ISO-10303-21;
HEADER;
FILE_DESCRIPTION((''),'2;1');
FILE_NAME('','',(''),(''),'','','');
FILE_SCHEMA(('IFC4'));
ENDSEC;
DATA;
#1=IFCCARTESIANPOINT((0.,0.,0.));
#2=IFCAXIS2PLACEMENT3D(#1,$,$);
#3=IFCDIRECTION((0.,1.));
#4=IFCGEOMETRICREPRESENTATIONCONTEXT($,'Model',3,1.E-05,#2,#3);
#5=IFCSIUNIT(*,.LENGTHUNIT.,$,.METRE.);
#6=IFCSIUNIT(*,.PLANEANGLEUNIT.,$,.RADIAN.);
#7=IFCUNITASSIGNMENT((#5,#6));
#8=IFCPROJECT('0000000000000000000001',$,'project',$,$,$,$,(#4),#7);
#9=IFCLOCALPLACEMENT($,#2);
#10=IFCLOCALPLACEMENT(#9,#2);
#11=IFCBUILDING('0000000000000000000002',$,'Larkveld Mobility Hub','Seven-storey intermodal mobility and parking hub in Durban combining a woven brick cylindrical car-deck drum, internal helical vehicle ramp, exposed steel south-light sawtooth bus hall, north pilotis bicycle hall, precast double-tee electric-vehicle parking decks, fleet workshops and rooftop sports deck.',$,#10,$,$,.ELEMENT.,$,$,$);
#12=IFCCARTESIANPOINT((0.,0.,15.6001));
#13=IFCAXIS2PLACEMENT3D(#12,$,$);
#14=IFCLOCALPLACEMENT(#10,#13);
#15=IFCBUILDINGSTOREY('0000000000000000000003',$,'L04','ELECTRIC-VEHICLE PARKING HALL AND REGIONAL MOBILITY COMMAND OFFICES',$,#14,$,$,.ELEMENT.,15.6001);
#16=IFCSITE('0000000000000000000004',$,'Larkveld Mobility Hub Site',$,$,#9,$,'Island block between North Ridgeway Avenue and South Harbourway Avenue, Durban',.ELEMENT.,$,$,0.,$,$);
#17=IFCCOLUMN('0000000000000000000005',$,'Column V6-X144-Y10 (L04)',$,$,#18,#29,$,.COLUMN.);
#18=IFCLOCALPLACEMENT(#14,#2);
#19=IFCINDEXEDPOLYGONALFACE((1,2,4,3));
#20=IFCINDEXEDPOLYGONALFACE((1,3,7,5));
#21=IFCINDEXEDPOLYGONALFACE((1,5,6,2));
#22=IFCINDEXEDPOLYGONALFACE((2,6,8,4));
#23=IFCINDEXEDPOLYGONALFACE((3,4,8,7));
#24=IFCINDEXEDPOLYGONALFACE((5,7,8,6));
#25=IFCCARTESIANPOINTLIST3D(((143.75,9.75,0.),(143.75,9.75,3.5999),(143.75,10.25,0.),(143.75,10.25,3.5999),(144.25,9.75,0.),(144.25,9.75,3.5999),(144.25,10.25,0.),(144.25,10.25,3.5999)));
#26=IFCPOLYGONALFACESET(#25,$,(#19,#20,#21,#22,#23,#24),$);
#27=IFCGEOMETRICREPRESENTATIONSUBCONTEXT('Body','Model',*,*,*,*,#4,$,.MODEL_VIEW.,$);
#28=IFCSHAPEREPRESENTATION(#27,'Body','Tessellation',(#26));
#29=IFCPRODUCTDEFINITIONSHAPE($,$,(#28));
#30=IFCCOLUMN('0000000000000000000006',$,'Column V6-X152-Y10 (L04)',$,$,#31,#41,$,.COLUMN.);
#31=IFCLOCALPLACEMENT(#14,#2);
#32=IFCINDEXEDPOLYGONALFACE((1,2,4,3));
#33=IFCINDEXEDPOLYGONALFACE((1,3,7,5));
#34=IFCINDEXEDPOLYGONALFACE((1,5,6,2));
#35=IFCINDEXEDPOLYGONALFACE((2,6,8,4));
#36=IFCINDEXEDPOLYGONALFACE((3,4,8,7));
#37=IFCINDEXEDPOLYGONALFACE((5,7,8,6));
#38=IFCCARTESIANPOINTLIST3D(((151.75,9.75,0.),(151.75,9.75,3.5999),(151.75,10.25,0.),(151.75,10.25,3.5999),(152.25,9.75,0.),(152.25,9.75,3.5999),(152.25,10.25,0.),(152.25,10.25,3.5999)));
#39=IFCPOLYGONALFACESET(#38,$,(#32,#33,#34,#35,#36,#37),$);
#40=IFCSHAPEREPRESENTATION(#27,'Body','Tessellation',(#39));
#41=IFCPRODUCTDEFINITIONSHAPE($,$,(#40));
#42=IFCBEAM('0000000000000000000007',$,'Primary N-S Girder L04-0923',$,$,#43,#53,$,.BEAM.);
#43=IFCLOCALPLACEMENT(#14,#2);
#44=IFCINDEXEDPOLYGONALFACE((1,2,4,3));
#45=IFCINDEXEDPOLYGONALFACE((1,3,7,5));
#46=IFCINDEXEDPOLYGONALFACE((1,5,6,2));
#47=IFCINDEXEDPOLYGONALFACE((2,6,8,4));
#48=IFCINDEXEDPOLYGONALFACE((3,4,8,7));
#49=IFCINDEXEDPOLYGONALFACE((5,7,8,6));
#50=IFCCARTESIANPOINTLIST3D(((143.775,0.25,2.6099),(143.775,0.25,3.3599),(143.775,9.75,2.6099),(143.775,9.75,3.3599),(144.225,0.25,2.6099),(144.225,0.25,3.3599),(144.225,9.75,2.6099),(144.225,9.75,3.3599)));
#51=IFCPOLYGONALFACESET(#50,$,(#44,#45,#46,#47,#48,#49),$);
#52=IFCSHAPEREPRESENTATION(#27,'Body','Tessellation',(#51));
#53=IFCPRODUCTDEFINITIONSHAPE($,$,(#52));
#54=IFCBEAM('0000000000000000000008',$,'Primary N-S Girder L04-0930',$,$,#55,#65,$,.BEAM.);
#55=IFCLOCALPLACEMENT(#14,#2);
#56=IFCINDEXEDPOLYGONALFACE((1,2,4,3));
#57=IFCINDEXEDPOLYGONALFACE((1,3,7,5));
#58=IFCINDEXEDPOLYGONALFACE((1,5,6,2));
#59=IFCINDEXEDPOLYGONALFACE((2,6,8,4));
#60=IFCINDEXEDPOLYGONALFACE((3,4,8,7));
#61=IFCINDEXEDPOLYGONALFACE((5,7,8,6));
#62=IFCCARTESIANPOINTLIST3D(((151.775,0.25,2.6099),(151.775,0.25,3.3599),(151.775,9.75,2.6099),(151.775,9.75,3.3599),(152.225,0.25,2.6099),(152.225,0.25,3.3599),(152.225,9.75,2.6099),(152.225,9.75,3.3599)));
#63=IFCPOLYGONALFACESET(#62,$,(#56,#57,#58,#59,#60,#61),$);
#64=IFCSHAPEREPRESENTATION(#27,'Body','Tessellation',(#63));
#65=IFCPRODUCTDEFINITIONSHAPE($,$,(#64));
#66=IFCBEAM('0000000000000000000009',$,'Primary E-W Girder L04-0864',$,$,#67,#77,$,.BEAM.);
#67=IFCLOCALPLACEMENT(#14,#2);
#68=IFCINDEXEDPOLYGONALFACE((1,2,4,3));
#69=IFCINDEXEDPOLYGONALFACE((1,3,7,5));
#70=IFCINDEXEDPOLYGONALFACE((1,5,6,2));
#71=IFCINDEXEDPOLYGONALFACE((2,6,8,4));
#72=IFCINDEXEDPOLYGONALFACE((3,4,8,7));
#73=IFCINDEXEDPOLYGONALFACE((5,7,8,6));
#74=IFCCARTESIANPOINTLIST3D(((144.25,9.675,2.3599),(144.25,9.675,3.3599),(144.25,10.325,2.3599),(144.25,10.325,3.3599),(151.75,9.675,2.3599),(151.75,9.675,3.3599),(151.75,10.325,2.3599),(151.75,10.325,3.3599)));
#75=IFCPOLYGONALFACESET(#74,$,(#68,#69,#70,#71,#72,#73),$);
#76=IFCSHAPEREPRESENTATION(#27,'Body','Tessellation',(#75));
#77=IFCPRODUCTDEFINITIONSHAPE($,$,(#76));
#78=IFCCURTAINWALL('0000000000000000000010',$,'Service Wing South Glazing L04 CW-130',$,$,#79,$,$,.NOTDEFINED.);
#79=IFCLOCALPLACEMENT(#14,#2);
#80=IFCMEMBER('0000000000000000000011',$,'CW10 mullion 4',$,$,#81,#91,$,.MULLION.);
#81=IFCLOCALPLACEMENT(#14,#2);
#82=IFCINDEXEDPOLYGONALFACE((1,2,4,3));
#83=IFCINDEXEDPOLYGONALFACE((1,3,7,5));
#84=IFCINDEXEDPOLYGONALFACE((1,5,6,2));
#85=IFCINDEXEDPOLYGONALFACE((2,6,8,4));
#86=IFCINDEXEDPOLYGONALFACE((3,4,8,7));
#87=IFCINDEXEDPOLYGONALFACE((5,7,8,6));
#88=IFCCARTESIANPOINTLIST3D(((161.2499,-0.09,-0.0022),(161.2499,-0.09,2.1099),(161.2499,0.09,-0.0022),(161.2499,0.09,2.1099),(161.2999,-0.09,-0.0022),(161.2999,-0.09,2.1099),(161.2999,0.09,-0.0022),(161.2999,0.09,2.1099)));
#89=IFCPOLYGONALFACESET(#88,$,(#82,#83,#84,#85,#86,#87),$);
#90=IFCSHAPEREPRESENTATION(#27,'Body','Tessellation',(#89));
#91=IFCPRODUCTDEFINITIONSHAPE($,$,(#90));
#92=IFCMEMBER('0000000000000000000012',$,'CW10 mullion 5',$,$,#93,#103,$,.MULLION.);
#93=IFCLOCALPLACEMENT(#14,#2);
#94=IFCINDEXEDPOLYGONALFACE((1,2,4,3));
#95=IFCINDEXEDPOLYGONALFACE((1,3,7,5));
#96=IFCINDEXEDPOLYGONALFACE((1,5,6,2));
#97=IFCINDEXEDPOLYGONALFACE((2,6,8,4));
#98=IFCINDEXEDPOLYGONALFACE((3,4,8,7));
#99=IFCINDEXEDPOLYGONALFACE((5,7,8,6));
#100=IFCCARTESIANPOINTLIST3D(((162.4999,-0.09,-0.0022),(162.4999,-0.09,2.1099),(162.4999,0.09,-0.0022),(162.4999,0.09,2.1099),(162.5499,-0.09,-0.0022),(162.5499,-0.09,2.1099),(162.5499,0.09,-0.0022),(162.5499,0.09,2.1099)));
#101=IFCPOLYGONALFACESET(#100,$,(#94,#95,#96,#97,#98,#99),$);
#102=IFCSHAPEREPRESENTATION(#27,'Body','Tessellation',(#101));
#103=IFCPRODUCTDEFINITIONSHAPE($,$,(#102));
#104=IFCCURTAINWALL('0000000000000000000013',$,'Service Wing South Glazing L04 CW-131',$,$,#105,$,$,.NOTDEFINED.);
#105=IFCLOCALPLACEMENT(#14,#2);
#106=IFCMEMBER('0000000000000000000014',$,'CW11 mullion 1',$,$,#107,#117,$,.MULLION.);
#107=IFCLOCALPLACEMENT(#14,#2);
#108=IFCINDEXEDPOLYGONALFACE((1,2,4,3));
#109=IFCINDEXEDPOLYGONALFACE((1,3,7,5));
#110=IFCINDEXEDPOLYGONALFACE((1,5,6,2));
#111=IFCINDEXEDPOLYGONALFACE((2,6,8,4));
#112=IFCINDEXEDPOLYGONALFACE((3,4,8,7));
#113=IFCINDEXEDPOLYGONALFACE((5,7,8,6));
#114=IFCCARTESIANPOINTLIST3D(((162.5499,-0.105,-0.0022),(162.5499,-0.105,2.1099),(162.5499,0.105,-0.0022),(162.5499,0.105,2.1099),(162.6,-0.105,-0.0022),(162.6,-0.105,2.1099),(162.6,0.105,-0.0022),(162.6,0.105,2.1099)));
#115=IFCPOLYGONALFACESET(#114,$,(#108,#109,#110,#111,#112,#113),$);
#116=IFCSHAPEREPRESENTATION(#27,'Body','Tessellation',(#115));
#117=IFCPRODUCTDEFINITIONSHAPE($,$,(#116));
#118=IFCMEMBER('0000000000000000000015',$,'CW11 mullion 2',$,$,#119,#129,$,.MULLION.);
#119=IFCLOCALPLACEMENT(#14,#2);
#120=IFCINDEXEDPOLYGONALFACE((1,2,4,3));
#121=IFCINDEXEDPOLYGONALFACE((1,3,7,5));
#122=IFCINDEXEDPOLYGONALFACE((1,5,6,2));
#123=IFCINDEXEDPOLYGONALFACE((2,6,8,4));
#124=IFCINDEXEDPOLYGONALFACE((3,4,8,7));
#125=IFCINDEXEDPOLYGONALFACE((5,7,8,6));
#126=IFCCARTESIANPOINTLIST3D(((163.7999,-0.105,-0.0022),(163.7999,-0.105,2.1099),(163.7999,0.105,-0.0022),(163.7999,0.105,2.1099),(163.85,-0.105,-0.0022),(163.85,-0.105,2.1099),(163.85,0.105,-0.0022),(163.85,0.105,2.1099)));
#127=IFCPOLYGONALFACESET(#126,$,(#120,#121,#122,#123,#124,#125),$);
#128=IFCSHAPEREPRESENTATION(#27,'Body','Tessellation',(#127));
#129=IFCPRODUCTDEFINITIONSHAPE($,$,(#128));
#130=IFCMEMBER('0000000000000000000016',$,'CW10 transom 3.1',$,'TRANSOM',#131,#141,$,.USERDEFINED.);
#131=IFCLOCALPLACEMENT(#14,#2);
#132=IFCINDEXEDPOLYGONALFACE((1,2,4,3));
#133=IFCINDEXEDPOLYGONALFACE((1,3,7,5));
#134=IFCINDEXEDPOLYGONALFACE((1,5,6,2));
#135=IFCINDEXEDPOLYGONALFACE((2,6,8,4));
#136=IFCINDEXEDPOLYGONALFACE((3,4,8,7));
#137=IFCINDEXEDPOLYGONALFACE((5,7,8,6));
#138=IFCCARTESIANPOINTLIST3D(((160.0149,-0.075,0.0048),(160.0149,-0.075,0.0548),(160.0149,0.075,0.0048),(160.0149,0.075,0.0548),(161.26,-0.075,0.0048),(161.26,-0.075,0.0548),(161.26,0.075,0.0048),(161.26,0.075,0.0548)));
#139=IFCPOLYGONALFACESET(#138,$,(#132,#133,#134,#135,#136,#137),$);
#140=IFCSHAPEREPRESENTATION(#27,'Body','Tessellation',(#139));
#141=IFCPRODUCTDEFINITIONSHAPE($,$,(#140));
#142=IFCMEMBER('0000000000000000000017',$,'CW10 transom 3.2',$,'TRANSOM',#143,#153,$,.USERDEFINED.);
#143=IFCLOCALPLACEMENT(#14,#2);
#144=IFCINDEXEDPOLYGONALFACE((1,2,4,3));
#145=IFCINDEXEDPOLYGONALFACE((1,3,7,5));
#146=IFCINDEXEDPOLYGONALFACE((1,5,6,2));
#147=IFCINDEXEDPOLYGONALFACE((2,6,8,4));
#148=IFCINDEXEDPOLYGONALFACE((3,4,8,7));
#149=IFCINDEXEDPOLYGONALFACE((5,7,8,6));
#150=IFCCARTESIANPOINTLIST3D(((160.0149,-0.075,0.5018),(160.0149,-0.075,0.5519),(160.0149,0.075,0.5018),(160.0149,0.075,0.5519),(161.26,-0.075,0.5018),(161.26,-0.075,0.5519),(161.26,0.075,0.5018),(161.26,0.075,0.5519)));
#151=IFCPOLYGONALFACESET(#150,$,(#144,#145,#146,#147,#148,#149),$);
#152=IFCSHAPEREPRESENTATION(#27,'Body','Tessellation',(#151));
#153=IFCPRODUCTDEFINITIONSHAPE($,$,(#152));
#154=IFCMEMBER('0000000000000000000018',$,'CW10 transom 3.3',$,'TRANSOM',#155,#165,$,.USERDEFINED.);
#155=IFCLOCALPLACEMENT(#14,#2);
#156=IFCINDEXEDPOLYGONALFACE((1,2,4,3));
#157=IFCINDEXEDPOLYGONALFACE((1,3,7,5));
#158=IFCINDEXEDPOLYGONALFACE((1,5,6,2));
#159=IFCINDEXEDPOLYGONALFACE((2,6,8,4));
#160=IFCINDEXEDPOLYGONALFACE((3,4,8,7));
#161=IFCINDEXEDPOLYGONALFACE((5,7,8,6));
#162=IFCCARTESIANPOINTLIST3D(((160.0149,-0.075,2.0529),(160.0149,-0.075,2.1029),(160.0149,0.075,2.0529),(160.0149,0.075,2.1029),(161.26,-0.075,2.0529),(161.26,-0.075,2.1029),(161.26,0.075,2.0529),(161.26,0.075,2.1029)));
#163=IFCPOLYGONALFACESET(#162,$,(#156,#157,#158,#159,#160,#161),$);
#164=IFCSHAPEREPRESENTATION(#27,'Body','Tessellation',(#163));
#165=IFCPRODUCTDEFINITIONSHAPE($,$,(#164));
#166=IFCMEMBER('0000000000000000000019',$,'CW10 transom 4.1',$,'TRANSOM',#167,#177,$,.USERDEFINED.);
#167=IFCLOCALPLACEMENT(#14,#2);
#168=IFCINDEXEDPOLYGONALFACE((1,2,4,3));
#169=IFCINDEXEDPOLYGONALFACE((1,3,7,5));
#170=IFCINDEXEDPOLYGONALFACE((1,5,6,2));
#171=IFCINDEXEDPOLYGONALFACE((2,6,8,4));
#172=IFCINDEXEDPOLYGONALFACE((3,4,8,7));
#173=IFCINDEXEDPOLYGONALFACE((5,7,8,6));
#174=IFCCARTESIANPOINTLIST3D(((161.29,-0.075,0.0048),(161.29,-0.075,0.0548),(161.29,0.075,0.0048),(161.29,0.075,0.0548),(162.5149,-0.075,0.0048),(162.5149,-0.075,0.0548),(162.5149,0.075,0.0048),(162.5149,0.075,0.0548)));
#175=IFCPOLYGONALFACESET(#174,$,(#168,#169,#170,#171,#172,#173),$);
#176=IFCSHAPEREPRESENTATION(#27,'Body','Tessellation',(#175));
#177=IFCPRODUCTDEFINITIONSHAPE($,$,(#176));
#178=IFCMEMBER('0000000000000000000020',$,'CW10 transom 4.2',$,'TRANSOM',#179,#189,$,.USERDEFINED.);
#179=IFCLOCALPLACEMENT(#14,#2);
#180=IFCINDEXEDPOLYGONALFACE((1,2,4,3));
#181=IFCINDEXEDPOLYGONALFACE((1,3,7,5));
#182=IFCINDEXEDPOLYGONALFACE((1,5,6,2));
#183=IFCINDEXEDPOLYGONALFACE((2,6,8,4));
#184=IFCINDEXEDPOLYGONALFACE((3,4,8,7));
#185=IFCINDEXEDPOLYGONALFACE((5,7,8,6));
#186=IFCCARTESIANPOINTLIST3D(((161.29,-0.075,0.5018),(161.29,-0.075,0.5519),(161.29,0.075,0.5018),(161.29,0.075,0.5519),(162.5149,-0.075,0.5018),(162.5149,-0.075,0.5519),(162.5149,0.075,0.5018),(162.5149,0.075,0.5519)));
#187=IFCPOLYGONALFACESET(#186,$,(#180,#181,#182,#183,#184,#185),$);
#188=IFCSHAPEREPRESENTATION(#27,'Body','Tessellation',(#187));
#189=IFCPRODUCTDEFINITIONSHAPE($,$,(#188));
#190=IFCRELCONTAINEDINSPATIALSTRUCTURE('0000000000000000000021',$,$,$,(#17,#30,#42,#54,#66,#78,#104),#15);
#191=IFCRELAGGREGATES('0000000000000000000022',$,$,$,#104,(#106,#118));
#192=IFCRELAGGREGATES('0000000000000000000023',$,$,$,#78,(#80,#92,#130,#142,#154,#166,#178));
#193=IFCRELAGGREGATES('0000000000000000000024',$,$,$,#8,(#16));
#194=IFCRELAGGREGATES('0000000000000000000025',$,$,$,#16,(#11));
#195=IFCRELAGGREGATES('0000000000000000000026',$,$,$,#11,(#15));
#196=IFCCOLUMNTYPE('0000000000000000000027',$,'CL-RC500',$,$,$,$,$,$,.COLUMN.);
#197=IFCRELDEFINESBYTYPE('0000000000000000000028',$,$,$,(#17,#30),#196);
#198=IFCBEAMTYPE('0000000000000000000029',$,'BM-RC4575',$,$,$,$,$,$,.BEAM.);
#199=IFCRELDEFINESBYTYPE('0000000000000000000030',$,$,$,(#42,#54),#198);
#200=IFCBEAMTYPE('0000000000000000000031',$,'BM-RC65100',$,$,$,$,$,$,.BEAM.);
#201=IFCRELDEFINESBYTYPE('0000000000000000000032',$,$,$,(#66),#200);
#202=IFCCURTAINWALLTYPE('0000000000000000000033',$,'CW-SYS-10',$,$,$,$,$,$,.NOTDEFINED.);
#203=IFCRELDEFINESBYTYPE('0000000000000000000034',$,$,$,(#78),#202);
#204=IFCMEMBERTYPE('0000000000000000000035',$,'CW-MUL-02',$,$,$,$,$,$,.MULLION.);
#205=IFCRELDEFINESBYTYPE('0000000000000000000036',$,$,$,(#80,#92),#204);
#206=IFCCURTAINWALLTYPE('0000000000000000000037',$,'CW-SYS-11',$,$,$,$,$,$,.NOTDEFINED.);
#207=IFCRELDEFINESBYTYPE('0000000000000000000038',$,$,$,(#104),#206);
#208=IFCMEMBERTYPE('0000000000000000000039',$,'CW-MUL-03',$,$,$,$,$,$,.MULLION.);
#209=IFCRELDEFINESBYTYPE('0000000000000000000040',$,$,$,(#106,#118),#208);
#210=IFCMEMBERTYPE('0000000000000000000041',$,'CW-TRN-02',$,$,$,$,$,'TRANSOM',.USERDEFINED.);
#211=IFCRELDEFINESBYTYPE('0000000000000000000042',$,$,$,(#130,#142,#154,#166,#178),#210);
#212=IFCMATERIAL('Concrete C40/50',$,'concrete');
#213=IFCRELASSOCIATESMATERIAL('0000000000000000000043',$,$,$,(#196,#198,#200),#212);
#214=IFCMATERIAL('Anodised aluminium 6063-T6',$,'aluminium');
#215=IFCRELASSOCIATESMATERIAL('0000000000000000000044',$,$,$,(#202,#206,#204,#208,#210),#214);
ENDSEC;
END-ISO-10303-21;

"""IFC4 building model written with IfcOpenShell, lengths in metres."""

from ifc_helpers import new_model, si_unit, direction, frame, origin, origin_2d, place, context, subcontext, project, spatial, rectangle, extrude, material, material_profile, profile_set, type_object, element, aggregate, save


model = new_model("IFC4")

# Units and contexts
model_context = context("Model", 3, precision=1e-05, world=origin(), true_north=direction((0.0, 1.0)))
body_context = subcontext(model_context, "Body", "Model", "MODEL_VIEW")
ifc_project = project(units=[si_unit("LENGTHUNIT", "METRE"), si_unit("PLANEANGLEUNIT", "RADIAN")], contexts=[model_context])

# Site, building, storey
site_placement = place(None, origin())
site = spatial("IfcSite", under=ifc_project, at=site_placement, Name="Larkveld Mobility Hub Site", LongName="Island block between North Ridgeway Avenue and South Harbourway Avenue, Durban", CompositionType="ELEMENT", RefElevation=0.0)
building_placement = place(site_placement, origin())
building = spatial("IfcBuilding", under=site, at=building_placement, Name="Larkveld Mobility Hub", Description="Seven-storey intermodal mobility and parking hub in Durban combining a woven brick cylindrical car-deck drum, internal helical vehicle ramp, exposed steel south-light sawtooth bus hall, north pilotis bicycle hall, precast double-tee electric-vehicle parking decks, fleet workshops and rooftop sports deck.", CompositionType="ELEMENT")
storey_placement = place(building_placement, frame((0.0, 0.0, 15.6001)))
storey = spatial("IfcBuildingStorey", under=building, at=storey_placement, Name="L04", Description="ELECTRIC-VEHICLE PARKING HALL AND REGIONAL MOBILITY COMMAND OFFICES", CompositionType="ELEMENT", Elevation=15.6001)

# Columns
ifc_material_1 = material(Name="Concrete C40/50", Category="concrete")
ifc_material_profile_1 = material_profile(ifc_material_1, rectangle(XDim=0.5, YDim=0.5, at=origin_2d()), Name="RC COL 500x500")
ifc_profile_set_1 = profile_set([ifc_material_profile_1], Name="Concrete C40/50")
column_type = type_object("IfcColumnType", Name="CL-RC500", PredefinedType="COLUMN", material=ifc_profile_set_1)
for number, where, z_axis, x_axis, name in (
    (1, (144.0, 10.0, 0.0), (0.0, 0.0, 1.0), (1.0, 0.0, 0.0), "Column V6-X144-Y10 (L04)"),
    (2, (152.0, 10.0, 0.0), (0.0, 0.0, 1.0), (1.0, 0.0, 0.0), "Column V6-X152-Y10 (L04)"),
):
    element("IfcColumn", number, at=place(storey_placement, frame(where, z_axis=z_axis, x_axis=x_axis)), inside=storey, type_object=column_type, Name=name, PredefinedType="COLUMN", context=body_context, shape_type="SweptSolid", body=[
        extrude(rectangle(XDim=0.5, YDim=0.5, at=origin_2d()), origin(), (0.0, 0.0, 1.0), 3.5999),
    ])

# Beams
ifc_material_profile_2 = material_profile(ifc_material_1, rectangle(XDim=0.45, YDim=0.75, at=origin_2d()), Name="RC BM 450x750")
ifc_profile_set_2 = profile_set([ifc_material_profile_2], Name="Concrete C40/50")
beam_type_1 = type_object("IfcBeamType", Name="BM-RC4575", PredefinedType="BEAM", material=ifc_profile_set_2)
for number, where, z_axis, x_axis, name in (
    (3, (144.0, 0.25, 2.9849), (0.0, 1.0, 0.0), (-1.0, 0.0, 0.0), "Primary N-S Girder L04-0923"),
    (4, (152.0, 0.25, 2.9849), (0.0, 1.0, 0.0), (-1.0, 0.0, 0.0), "Primary N-S Girder L04-0930"),
):
    element("IfcBeam", number, at=place(storey_placement, frame(where, z_axis=z_axis, x_axis=x_axis)), inside=storey, type_object=beam_type_1, Name=name, PredefinedType="BEAM", context=body_context, shape_type="SweptSolid", body=[
        extrude(rectangle(XDim=0.45, YDim=0.75, at=origin_2d()), origin(), (0.0, 0.0, 1.0), 9.5),
    ])
ifc_material_profile_3 = material_profile(ifc_material_1, rectangle(XDim=0.6499, YDim=1.0, at=origin_2d()), Name="RC BM 650x1000")
ifc_profile_set_3 = profile_set([ifc_material_profile_3], Name="Concrete C40/50")
beam_type_2 = type_object("IfcBeamType", Name="BM-RC65100", PredefinedType="BEAM", material=ifc_profile_set_3)
beam_placement = place(storey_placement, frame((144.25, 10.0, 2.8599), z_axis=(1.0, 0.0, 0.0), x_axis=(0.0, 1.0, 0.0)))
element("IfcBeam", 5, at=beam_placement, inside=storey, type_object=beam_type_2, Name="Primary E-W Girder L04-0864", PredefinedType="BEAM", context=body_context, shape_type="SweptSolid", body=[
    extrude(rectangle(XDim=0.6499, YDim=1.0, at=origin_2d()), origin(), (0.0, 0.0, 1.0), 7.5),
])

# Curtain walls, members
ifc_material_2 = material(Name="Anodised aluminium 6063-T6", Category="aluminium")
curtain_wall_type_1 = type_object("IfcCurtainWallType", Name="CW-SYS-10", PredefinedType="NOTDEFINED", material=ifc_material_2)
curtain_wall_1_placement = place(storey_placement, origin())
curtain_wall_1 = element("IfcCurtainWall", 6, at=curtain_wall_1_placement, inside=storey, type_object=curtain_wall_type_1, Name="Service Wing South Glazing L04 CW-130", PredefinedType="NOTDEFINED")
ifc_material_profile_4 = material_profile(ifc_material_2, rectangle(XDim=0.05, YDim=0.1799, at=origin_2d()), Name="ALU MULL 50x180")
ifc_profile_set_4 = profile_set([ifc_material_profile_4], Name="Anodised aluminium 6063-T6")
member_type_1 = type_object("IfcMemberType", Name="CW-MUL-02", PredefinedType="MULLION", material=ifc_profile_set_4)
member_1_placement = place(storey_placement, frame((161.2749, 0.0, -0.0022), z_axis=(0.0, 0.0, 1.0), x_axis=(1.0, 0.0, 0.0)))
member_1 = element("IfcMember", 7, at=member_1_placement, type_object=member_type_1, Name="CW10 mullion 4", PredefinedType="MULLION", context=body_context, shape_type="SweptSolid", body=[
    extrude(rectangle(XDim=0.05, YDim=0.1799, at=origin_2d()), origin(), (0.0, 0.0, 1.0), 2.1121),
])
member_2_placement = place(storey_placement, frame((162.5249, 0.0, -0.0022), z_axis=(0.0, 0.0, 1.0), x_axis=(1.0, 0.0, 0.0)))
member_2 = element("IfcMember", 8, at=member_2_placement, type_object=member_type_1, Name="CW10 mullion 5", PredefinedType="MULLION", context=body_context, shape_type="SweptSolid", body=[
    extrude(rectangle(XDim=0.05, YDim=0.1799, at=origin_2d()), origin(), (0.0, 0.0, 1.0), 2.1121),
])
curtain_wall_type_2 = type_object("IfcCurtainWallType", Name="CW-SYS-11", PredefinedType="NOTDEFINED", material=ifc_material_2)
curtain_wall_2_placement = place(storey_placement, origin())
curtain_wall_2 = element("IfcCurtainWall", 9, at=curtain_wall_2_placement, inside=storey, type_object=curtain_wall_type_2, Name="Service Wing South Glazing L04 CW-131", PredefinedType="NOTDEFINED")
ifc_material_profile_5 = material_profile(ifc_material_2, rectangle(XDim=0.05, YDim=0.21, at=origin_2d()), Name="ALU MULL 50x210")
ifc_profile_set_5 = profile_set([ifc_material_profile_5], Name="Anodised aluminium 6063-T6")
member_type_2 = type_object("IfcMemberType", Name="CW-MUL-03", PredefinedType="MULLION", material=ifc_profile_set_5)
member_3_placement = place(storey_placement, frame((162.575, 0.0, -0.0022), z_axis=(0.0, 0.0, 1.0), x_axis=(1.0, 0.0, 0.0)))
member_3 = element("IfcMember", 10, at=member_3_placement, type_object=member_type_2, Name="CW11 mullion 1", PredefinedType="MULLION", context=body_context, shape_type="SweptSolid", body=[
    extrude(rectangle(XDim=0.05, YDim=0.21, at=origin_2d()), origin(), (0.0, 0.0, 1.0), 2.1121),
])
member_4_placement = place(storey_placement, frame((163.825, 0.0, -0.0022), z_axis=(0.0, 0.0, 1.0), x_axis=(1.0, 0.0, 0.0)))
member_4 = element("IfcMember", 11, at=member_4_placement, type_object=member_type_2, Name="CW11 mullion 2", PredefinedType="MULLION", context=body_context, shape_type="SweptSolid", body=[
    extrude(rectangle(XDim=0.05, YDim=0.21, at=origin_2d()), origin(), (0.0, 0.0, 1.0), 2.1121),
])

# Members
ifc_material_profile_6 = material_profile(ifc_material_2, rectangle(XDim=0.1499, YDim=0.05, at=origin_2d()), Name="ALU TRAN 50x150")
ifc_profile_set_6 = profile_set([ifc_material_profile_6], Name="Anodised aluminium 6063-T6")
member_type_3 = type_object("IfcMemberType", Name="CW-TRN-02", ElementType="TRANSOM", PredefinedType="USERDEFINED", material=ifc_profile_set_6)
member_5_placement = place(storey_placement, frame((160.0149, 0.0, 0.0298), z_axis=(1.0, 0.0, 0.0), x_axis=(0.0, 1.0, 0.0)))
member_5 = element("IfcMember", 12, at=member_5_placement, type_object=member_type_3, Name="CW10 transom 3.1", ObjectType="TRANSOM", PredefinedType="USERDEFINED", context=body_context, shape_type="SweptSolid", body=[
    extrude(rectangle(XDim=0.1499, YDim=0.05, at=origin_2d()), origin(), (0.0, 0.0, 1.0), 1.2451),
])
member_6_placement = place(storey_placement, frame((160.0149, 0.0, 0.5269), z_axis=(1.0, 0.0, 0.0), x_axis=(0.0, 1.0, 0.0)))
member_6 = element("IfcMember", 13, at=member_6_placement, type_object=member_type_3, Name="CW10 transom 3.2", ObjectType="TRANSOM", PredefinedType="USERDEFINED", context=body_context, shape_type="SweptSolid", body=[
    extrude(rectangle(XDim=0.1499, YDim=0.05, at=origin_2d()), origin(), (0.0, 0.0, 1.0), 1.2451),
])
member_7_placement = place(storey_placement, frame((160.0149, 0.0, 2.0779), z_axis=(1.0, 0.0, 0.0), x_axis=(0.0, 1.0, 0.0)))
member_7 = element("IfcMember", 14, at=member_7_placement, type_object=member_type_3, Name="CW10 transom 3.3", ObjectType="TRANSOM", PredefinedType="USERDEFINED", context=body_context, shape_type="SweptSolid", body=[
    extrude(rectangle(XDim=0.1499, YDim=0.05, at=origin_2d()), origin(), (0.0, 0.0, 1.0), 1.2451),
])
member_8_placement = place(storey_placement, frame((161.29, 0.0, 0.0298), z_axis=(1.0, 0.0, 0.0), x_axis=(0.0, 1.0, 0.0)))
member_8 = element("IfcMember", 15, at=member_8_placement, type_object=member_type_3, Name="CW10 transom 4.1", ObjectType="TRANSOM", PredefinedType="USERDEFINED", context=body_context, shape_type="SweptSolid", body=[
    extrude(rectangle(XDim=0.1499, YDim=0.05, at=origin_2d()), origin(), (0.0, 0.0, 1.0), 1.2249),
])
member_9_placement = place(storey_placement, frame((161.29, 0.0, 0.5269), z_axis=(1.0, 0.0, 0.0), x_axis=(0.0, 1.0, 0.0)))
member_9 = element("IfcMember", 16, at=member_9_placement, type_object=member_type_3, Name="CW10 transom 4.2", ObjectType="TRANSOM", PredefinedType="USERDEFINED", context=body_context, shape_type="SweptSolid", body=[
    extrude(rectangle(XDim=0.1499, YDim=0.05, at=origin_2d()), origin(), (0.0, 0.0, 1.0), 1.2249),
])

aggregate(curtain_wall_2, [member_3, member_4])
aggregate(curtain_wall_1, [member_1, member_2, member_5, member_6, member_7, member_8, member_9])

save(model, "model.ifc")
